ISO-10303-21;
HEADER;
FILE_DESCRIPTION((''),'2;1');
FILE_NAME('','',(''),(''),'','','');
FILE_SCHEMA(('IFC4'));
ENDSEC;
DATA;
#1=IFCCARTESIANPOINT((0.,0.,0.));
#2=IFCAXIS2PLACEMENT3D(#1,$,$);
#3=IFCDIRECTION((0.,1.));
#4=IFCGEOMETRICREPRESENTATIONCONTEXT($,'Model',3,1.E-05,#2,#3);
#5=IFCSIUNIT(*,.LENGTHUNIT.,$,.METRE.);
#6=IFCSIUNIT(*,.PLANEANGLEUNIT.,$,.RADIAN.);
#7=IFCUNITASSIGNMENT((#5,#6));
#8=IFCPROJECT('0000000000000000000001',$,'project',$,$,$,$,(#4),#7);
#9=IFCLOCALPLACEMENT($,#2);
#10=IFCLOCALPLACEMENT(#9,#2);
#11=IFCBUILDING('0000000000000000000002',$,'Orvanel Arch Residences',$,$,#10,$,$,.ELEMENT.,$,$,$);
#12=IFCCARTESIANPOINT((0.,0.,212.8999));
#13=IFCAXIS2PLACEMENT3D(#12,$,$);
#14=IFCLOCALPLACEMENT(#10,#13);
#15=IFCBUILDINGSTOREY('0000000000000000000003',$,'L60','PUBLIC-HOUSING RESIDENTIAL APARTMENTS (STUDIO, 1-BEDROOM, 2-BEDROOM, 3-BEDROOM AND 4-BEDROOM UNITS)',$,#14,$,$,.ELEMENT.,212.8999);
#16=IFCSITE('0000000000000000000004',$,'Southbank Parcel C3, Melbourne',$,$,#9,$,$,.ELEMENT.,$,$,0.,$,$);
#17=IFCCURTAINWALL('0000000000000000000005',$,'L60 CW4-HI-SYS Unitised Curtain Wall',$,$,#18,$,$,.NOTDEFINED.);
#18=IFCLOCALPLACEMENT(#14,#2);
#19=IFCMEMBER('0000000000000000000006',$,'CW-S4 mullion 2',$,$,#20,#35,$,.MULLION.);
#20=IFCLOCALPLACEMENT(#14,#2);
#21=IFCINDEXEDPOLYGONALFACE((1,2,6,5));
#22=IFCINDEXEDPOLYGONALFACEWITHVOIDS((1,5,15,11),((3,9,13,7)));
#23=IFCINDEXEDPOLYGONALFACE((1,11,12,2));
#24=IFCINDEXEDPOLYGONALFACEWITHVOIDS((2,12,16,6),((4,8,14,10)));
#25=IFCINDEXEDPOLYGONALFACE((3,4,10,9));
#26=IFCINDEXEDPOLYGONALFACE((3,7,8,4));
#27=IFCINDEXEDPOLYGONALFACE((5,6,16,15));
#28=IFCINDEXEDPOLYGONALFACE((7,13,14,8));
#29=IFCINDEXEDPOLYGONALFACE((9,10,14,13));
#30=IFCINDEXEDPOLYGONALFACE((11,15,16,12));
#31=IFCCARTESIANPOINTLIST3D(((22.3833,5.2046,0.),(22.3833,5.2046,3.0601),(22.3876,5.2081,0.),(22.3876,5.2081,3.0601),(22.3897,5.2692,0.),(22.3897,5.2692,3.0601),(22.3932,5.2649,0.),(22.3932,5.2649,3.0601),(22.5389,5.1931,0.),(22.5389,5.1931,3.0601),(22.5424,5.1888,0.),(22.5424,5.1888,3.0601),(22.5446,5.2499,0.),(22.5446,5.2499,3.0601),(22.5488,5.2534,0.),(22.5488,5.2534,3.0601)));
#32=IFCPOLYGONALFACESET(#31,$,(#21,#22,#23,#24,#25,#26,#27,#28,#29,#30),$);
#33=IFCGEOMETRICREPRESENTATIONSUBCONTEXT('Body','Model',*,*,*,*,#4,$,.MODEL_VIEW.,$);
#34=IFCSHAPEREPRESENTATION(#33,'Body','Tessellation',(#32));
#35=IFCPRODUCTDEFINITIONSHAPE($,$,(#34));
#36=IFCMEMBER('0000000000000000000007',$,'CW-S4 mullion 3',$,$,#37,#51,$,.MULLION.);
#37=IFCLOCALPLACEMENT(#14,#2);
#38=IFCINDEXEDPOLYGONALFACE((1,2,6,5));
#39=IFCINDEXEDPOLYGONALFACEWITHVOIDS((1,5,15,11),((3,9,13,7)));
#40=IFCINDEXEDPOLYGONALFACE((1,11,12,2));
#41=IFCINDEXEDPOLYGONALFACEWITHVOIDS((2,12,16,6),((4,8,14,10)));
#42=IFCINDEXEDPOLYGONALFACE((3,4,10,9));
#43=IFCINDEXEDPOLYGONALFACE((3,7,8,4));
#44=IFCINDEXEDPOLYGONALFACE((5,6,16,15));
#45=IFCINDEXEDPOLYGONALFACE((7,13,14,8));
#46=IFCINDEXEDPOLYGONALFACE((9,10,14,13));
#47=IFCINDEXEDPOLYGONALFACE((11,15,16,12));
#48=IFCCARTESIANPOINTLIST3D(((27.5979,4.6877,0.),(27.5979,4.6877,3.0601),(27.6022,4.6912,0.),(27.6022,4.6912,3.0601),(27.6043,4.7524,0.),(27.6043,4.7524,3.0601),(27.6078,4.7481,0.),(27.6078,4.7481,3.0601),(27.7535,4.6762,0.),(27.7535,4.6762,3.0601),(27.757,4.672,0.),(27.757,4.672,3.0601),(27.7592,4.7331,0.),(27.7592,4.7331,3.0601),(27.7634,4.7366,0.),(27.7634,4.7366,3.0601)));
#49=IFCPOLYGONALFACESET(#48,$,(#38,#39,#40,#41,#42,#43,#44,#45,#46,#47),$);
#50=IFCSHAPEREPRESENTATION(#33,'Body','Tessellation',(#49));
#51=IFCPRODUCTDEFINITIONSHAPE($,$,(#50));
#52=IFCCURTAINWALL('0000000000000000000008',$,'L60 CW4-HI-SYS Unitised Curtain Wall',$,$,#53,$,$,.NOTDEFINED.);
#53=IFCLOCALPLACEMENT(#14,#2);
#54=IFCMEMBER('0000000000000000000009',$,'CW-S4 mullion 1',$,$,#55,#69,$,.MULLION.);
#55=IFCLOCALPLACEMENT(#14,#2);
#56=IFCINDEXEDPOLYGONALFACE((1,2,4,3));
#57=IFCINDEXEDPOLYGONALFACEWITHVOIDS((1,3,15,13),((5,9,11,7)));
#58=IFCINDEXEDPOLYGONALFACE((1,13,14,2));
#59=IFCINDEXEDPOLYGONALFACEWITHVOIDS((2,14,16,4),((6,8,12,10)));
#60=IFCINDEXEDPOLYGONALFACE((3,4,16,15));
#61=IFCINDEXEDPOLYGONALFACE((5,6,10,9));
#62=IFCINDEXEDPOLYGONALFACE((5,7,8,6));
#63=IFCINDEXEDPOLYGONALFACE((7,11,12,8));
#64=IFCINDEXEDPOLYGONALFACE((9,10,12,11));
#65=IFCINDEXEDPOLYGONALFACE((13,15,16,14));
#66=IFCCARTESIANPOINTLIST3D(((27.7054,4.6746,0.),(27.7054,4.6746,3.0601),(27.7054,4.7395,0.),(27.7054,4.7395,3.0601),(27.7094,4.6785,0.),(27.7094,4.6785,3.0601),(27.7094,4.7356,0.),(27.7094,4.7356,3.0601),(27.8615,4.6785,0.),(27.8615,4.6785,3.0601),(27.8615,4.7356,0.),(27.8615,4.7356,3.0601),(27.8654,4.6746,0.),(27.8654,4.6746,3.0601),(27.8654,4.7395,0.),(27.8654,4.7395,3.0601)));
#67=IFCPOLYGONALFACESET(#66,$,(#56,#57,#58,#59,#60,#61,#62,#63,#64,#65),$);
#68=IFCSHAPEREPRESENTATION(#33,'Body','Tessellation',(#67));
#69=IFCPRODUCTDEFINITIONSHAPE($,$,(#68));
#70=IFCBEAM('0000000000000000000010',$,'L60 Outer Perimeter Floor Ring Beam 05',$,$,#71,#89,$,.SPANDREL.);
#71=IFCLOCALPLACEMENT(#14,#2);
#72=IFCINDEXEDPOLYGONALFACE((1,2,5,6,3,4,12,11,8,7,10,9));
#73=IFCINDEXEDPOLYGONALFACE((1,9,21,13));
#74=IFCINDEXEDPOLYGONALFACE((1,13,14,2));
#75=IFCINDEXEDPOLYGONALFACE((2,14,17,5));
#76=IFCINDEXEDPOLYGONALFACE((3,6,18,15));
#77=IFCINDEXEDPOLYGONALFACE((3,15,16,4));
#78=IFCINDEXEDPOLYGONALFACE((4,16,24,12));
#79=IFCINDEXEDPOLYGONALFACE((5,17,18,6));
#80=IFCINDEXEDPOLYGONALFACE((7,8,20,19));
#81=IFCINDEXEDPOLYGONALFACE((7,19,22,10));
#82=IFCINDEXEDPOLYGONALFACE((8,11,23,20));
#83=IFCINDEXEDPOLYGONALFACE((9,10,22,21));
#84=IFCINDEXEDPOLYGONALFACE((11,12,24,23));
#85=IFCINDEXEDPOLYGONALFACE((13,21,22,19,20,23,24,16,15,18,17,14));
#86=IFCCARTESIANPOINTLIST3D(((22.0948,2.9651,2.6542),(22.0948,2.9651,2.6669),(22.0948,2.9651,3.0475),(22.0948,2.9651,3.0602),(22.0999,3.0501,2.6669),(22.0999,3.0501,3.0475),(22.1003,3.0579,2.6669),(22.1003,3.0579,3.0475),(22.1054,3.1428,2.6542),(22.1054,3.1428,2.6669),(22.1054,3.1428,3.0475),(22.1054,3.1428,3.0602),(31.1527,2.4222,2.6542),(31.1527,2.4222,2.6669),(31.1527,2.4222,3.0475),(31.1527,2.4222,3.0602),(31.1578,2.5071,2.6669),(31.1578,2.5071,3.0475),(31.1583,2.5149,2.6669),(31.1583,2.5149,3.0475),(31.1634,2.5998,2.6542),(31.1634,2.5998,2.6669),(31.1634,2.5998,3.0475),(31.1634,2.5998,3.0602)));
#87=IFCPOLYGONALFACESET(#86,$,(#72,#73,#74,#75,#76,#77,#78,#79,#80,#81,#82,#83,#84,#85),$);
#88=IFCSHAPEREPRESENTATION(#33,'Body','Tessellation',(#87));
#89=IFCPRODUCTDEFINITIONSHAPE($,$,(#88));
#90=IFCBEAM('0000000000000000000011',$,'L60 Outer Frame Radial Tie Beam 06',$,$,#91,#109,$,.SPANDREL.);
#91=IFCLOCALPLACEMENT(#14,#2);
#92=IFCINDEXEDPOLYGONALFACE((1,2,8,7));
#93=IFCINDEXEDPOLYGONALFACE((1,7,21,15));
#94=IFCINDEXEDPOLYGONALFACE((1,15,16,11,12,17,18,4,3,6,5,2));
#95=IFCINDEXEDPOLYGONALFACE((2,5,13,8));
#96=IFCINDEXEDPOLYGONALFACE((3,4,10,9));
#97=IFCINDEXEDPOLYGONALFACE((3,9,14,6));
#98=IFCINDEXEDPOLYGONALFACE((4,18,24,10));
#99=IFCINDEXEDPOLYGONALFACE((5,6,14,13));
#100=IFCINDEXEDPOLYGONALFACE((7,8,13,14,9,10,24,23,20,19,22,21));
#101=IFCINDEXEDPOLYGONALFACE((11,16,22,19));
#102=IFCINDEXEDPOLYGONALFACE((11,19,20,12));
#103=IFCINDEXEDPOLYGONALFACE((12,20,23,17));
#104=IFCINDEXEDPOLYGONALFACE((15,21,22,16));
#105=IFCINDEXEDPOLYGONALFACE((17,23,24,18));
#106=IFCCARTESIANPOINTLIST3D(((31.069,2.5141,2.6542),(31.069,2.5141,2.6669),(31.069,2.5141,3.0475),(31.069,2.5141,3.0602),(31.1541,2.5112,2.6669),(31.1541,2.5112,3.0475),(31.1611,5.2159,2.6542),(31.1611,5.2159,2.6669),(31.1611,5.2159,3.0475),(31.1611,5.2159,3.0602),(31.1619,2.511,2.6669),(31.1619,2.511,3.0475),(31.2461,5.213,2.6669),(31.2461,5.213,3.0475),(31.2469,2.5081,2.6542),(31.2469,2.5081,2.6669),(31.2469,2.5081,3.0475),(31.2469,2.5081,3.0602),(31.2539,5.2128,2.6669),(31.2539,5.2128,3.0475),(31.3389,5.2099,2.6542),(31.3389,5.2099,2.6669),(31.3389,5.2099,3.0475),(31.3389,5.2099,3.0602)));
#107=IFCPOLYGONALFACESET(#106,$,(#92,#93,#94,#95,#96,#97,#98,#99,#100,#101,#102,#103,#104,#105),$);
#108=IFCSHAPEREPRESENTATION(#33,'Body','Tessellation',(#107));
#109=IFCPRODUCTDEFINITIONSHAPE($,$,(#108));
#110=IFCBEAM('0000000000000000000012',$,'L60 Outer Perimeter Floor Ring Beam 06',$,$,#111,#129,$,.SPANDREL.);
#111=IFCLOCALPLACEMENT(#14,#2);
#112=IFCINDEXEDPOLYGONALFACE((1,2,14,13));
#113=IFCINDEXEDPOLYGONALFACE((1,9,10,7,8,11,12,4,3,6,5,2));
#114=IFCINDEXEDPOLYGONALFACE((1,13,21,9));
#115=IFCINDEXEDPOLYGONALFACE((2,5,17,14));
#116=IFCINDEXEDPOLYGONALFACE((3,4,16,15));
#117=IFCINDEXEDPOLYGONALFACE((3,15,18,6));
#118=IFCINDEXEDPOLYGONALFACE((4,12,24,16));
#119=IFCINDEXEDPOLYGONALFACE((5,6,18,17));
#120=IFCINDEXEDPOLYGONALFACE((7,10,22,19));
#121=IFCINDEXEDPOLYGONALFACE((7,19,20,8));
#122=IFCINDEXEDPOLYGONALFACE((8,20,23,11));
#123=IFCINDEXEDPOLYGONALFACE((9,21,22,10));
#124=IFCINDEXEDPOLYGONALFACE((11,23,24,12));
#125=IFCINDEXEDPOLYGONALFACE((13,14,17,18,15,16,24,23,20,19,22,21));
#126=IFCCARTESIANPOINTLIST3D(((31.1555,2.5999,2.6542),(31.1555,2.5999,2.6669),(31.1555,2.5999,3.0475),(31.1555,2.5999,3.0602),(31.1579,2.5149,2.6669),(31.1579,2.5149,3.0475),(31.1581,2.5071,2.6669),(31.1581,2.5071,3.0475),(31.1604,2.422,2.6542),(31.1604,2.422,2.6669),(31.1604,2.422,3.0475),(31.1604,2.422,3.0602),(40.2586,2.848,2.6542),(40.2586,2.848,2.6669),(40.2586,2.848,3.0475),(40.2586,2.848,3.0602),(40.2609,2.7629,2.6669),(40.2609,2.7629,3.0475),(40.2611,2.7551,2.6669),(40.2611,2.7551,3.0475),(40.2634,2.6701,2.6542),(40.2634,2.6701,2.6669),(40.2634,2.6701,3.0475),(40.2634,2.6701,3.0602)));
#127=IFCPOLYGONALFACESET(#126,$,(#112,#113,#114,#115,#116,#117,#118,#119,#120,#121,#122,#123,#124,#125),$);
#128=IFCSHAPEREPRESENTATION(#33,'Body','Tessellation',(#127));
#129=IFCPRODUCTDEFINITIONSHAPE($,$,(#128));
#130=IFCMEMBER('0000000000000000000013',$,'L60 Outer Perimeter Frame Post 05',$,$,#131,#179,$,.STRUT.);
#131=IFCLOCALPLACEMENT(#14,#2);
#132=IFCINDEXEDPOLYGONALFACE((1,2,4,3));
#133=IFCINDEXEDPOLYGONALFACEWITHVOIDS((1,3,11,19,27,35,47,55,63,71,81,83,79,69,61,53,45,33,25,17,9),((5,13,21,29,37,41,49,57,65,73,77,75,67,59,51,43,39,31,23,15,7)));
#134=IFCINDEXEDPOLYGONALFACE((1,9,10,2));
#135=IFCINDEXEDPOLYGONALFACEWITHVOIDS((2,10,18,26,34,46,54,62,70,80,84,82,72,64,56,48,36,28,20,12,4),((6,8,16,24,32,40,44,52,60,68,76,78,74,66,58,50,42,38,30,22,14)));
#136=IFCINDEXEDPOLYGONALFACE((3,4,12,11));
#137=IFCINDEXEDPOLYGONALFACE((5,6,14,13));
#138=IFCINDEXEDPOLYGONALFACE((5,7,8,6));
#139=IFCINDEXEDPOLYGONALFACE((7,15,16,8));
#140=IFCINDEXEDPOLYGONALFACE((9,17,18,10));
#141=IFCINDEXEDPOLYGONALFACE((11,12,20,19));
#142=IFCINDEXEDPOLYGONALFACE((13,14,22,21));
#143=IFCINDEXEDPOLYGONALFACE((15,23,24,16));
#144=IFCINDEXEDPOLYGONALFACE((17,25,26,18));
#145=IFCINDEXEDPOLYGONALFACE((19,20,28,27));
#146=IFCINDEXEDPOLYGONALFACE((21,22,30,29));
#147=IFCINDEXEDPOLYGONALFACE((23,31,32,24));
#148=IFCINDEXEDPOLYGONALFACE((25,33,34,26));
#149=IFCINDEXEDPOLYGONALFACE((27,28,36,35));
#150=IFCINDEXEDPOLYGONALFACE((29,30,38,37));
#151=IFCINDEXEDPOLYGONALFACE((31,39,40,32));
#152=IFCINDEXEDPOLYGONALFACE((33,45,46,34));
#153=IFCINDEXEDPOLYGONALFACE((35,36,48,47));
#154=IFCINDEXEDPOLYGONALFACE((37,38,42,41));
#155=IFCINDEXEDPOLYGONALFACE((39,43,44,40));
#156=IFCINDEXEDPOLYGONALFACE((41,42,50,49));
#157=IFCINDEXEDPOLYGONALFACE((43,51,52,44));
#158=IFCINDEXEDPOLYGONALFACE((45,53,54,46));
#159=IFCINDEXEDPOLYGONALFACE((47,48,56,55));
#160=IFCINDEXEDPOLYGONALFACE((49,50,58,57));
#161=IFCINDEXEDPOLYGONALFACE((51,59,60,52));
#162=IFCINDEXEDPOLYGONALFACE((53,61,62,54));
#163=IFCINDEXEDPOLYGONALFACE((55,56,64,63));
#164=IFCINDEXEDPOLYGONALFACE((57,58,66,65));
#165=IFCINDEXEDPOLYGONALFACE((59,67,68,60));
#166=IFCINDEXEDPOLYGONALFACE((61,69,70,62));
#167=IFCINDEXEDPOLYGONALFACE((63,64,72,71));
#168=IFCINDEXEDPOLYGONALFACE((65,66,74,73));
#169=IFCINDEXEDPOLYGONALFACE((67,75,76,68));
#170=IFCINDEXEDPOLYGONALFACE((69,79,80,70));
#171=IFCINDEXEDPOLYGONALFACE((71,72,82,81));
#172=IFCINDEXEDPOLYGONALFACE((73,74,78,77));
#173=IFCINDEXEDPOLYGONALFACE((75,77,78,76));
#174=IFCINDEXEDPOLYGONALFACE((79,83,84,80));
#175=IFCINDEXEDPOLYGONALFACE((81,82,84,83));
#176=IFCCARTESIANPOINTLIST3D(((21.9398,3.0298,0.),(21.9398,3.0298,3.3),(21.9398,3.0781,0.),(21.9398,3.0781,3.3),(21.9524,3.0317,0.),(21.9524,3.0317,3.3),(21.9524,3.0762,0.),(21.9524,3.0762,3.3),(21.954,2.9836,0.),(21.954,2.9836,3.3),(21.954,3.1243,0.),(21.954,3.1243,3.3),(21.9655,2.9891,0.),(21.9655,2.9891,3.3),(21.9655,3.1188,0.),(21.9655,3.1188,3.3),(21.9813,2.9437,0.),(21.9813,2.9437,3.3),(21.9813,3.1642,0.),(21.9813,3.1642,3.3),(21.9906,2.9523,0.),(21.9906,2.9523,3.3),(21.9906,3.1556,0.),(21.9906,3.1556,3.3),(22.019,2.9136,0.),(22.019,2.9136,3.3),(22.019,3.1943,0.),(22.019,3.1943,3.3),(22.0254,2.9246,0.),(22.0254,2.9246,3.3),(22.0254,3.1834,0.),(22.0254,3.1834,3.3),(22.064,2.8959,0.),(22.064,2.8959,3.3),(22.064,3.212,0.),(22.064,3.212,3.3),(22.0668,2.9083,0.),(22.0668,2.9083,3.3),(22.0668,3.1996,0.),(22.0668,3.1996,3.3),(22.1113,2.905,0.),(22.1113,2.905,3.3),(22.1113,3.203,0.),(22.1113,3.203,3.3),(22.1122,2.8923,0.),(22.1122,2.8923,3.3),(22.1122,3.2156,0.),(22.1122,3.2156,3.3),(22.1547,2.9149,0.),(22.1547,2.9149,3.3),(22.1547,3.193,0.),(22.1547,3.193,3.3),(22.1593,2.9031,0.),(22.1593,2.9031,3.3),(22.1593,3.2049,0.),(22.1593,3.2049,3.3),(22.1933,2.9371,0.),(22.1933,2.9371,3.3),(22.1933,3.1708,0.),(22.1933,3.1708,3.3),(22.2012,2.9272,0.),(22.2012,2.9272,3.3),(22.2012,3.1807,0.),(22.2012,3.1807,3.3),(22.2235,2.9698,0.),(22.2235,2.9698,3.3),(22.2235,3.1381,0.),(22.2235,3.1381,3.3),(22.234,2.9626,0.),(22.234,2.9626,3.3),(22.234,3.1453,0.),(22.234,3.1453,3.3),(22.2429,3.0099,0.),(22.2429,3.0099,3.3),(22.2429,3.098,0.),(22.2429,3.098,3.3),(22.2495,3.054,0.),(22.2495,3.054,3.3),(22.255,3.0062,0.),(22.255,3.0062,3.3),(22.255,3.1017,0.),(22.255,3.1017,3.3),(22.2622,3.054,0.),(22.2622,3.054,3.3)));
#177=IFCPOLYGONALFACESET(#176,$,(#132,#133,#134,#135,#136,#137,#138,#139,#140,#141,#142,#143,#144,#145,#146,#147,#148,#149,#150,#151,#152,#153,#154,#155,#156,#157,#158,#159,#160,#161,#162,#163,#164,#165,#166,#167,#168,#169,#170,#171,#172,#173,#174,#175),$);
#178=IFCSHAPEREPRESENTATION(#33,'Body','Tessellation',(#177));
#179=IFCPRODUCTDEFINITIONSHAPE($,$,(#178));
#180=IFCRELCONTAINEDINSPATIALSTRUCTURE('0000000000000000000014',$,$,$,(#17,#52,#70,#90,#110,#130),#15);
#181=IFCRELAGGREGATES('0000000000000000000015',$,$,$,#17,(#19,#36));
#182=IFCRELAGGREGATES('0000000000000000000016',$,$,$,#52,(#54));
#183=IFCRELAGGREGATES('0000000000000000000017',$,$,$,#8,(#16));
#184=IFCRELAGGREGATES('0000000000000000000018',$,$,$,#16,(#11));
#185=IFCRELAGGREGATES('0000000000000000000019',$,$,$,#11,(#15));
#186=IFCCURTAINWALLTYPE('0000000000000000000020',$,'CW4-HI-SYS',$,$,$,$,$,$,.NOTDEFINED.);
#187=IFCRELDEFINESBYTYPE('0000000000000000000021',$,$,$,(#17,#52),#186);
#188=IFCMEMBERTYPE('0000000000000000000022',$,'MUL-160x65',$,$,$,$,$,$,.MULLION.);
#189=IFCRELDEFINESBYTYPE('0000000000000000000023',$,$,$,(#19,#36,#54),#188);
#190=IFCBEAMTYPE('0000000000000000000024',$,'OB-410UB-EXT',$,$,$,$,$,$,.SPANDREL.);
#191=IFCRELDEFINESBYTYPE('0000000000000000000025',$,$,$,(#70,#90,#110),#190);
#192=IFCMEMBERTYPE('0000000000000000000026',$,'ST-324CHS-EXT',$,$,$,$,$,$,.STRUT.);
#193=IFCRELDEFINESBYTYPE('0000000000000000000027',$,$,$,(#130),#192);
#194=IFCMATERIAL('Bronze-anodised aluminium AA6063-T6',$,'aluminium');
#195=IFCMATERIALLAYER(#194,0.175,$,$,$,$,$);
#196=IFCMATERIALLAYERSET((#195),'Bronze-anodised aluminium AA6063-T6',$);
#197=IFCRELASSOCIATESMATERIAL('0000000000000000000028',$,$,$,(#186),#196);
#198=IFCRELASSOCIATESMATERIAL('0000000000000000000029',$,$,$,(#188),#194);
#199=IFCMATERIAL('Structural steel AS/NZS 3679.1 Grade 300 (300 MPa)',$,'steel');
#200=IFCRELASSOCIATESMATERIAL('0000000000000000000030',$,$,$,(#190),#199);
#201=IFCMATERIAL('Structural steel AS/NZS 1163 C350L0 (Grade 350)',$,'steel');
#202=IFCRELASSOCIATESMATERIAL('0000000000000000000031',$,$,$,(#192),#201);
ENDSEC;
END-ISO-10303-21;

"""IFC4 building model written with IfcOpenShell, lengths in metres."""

from ifc_helpers import new_model, si_unit, direction, frame, origin, origin_2d, place, context, subcontext, project, spatial, hollow_rectangle, hollow_circle, i_section, extrude, material, layer, layer_set, material_profile, profile_set, type_object, element, aggregate, save


model = new_model("IFC4")

# Units and contexts
model_context = context("Model", 3, precision=1e-05, world=origin(), true_north=direction((0.0, 1.0)))
body_context = subcontext(model_context, "Body", "Model", "MODEL_VIEW")
ifc_project = project(units=[si_unit("LENGTHUNIT", "METRE"), si_unit("PLANEANGLEUNIT", "RADIAN")], contexts=[model_context])

# Site, building, storey
site_placement = place(None, origin())
site = spatial("IfcSite", under=ifc_project, at=site_placement, Name="Southbank Parcel C3, Melbourne", CompositionType="ELEMENT", RefElevation=0.0)
building_placement = place(site_placement, origin())
building = spatial("IfcBuilding", under=site, at=building_placement, Name="Orvanel Arch Residences", CompositionType="ELEMENT")
storey_placement = place(building_placement, frame((0.0, 0.0, 212.8999)))
storey = spatial("IfcBuildingStorey", under=building, at=storey_placement, Name="L60", Description="PUBLIC-HOUSING RESIDENTIAL APARTMENTS (STUDIO, 1-BEDROOM, 2-BEDROOM, 3-BEDROOM AND 4-BEDROOM UNITS)", CompositionType="ELEMENT", Elevation=212.8999)

# Curtain wall, members
ifc_material_1 = material(Name="Bronze-anodised aluminium AA6063-T6", Category="aluminium")
ifc_layer_1 = layer(ifc_material_1, 0.175)
ifc_layer_set_1 = layer_set([ifc_layer_1], Name="Bronze-anodised aluminium AA6063-T6")
curtain_wall_type = type_object("IfcCurtainWallType", Name="CW4-HI-SYS", PredefinedType="NOTDEFINED", material=ifc_layer_set_1)
curtain_wall_1_placement = place(storey_placement, origin())
curtain_wall_1 = element("IfcCurtainWall", 1, at=curtain_wall_1_placement, inside=storey, type_object=curtain_wall_type, Name="L60 CW4-HI-SYS Unitised Curtain Wall", PredefinedType="NOTDEFINED")
ifc_material_profile_1 = material_profile(ifc_material_1, hollow_rectangle(XDim=0.0649, YDim=0.1599, WallThickness=0.0039, at=origin_2d()), Name="ALU160x65x4")
ifc_profile_set_1 = profile_set([ifc_material_profile_1], Name="Bronze-anodised aluminium AA6063-T6")
member_type_1 = type_object("IfcMemberType", Name="MUL-160x65", PredefinedType="MULLION", material=ifc_profile_set_1)
member_1_placement = place(storey_placement, frame((22.4661, 5.229, 0.0), z_axis=(0.0, 0.0, 1.0), x_axis=(0.098621, 0.995125, 0.0)))
member_1 = element("IfcMember", 2, at=member_1_placement, type_object=member_type_1, Name="CW-S4 mullion 2", PredefinedType="MULLION", context=body_context, shape_type="SweptSolid", body=[
    extrude(hollow_rectangle(XDim=0.0649, YDim=0.1599, WallThickness=0.0039, at=origin_2d()), origin(), (0.0, 0.0, 1.0), 3.0601),
])
member_2_placement = place(storey_placement, frame((27.6807, 4.7122, 0.0), z_axis=(0.0, 0.0, 1.0), x_axis=(0.098621, 0.995125, 0.0)))
member_2 = element("IfcMember", 3, at=member_2_placement, type_object=member_type_1, Name="CW-S4 mullion 3", PredefinedType="MULLION", context=body_context, shape_type="SweptSolid", body=[
    extrude(hollow_rectangle(XDim=0.0649, YDim=0.1599, WallThickness=0.0039, at=origin_2d()), origin(), (0.0, 0.0, 1.0), 3.0601),
])

# Curtain wall, member
curtain_wall_2_placement = place(storey_placement, origin())
curtain_wall_2 = element("IfcCurtainWall", 4, at=curtain_wall_2_placement, inside=storey, type_object=curtain_wall_type, Name="L60 CW4-HI-SYS Unitised Curtain Wall", PredefinedType="NOTDEFINED")
member_3_placement = place(storey_placement, frame((27.7854, 4.707, 0.0), z_axis=(0.0, 0.0, 1.0), x_axis=(0.0, 1.0, 0.0)))
member_3 = element("IfcMember", 5, at=member_3_placement, type_object=member_type_1, Name="CW-S4 mullion 1", PredefinedType="MULLION", context=body_context, shape_type="SweptSolid", body=[
    extrude(hollow_rectangle(XDim=0.0649, YDim=0.1599, WallThickness=0.0039, at=origin_2d()), origin(), (0.0, 0.0, 1.0), 3.0601),
])

# Beams
ifc_material_2 = material(Name="Structural steel AS/NZS 3679.1 Grade 300 (300 MPa)", Category="steel")
ifc_material_profile_2 = material_profile(ifc_material_2, i_section(OverallWidth=0.178, OverallDepth=0.406, WebThickness=0.0078, FlangeThickness=0.0127, at=origin_2d()), Name="410UB59.7")
ifc_profile_set_2 = profile_set([ifc_material_profile_2], Name="Structural steel AS/NZS 3679.1 Grade 300 (300 MPa)")
beam_type = type_object("IfcBeamType", Name="OB-410UB-EXT", PredefinedType="SPANDREL", material=ifc_profile_set_2)
beam_1_placement = place(storey_placement, frame((22.1001, 3.054, 2.8572), z_axis=(0.998208, -0.059837, 0.0), x_axis=(0.059837, 0.998208, 0.0)))
element("IfcBeam", 6, at=beam_1_placement, inside=storey, type_object=beam_type, Name="L60 Outer Perimeter Floor Ring Beam 05", PredefinedType="SPANDREL", context=body_context, shape_type="SweptSolid", body=[
    extrude(i_section(OverallWidth=0.178, OverallDepth=0.406, WebThickness=0.0078, FlangeThickness=0.0127, at=origin_2d()), origin(), (0.0, 0.0, 1.0), 9.0742),
])
beam_2_placement = place(storey_placement, frame((31.25, 5.2129, 2.8572), z_axis=(-0.034045, -0.99942, 0.0), x_axis=(0.99942, -0.034045, 0.0)))
element("IfcBeam", 7, at=beam_2_placement, inside=storey, type_object=beam_type, Name="L60 Outer Frame Radial Tie Beam 06", PredefinedType="SPANDREL", context=body_context, shape_type="SweptSolid", body=[
    extrude(i_section(OverallWidth=0.178, OverallDepth=0.406, WebThickness=0.0078, FlangeThickness=0.0127, at=origin_2d()), origin(), (0.0, 0.0, 1.0), 2.7034),
])
beam_3_placement = place(storey_placement, frame((31.158, 2.511, 2.8572), z_axis=(0.999629, 0.027239, 0.0), x_axis=(-0.027239, 0.999629, 0.0)))
element("IfcBeam", 8, at=beam_3_placement, inside=storey, type_object=beam_type, Name="L60 Outer Perimeter Floor Ring Beam 06", PredefinedType="SPANDREL", context=body_context, shape_type="SweptSolid", body=[
    extrude(i_section(OverallWidth=0.178, OverallDepth=0.406, WebThickness=0.0078, FlangeThickness=0.0127, at=origin_2d()), origin(), (0.0, 0.0, 1.0), 9.1064),
])

# Member
ifc_material_3 = material(Name="Structural steel AS/NZS 1163 C350L0 (Grade 350)", Category="steel")
ifc_material_profile_3 = material_profile(ifc_material_3, hollow_circle(Radius=0.1621, WallThickness=0.0127, at=origin_2d()), Name="CHS324x12.7")
ifc_profile_set_3 = profile_set([ifc_material_profile_3], Name="Structural steel AS/NZS 1163 C350L0 (Grade 350)")
member_type_2 = type_object("IfcMemberType", Name="ST-324CHS-EXT", PredefinedType="STRUT", material=ifc_profile_set_3)
for number, where, z_axis, x_axis, name in (
    (9, (22.1001, 3.054, 0.0), (0.0, 0.0, 1.0), (1.0, 0.0, 0.0), "L60 Outer Perimeter Frame Post 05"),
):
    element("IfcMember", number, at=place(storey_placement, frame(where, z_axis=z_axis, x_axis=x_axis)), inside=storey, type_object=member_type_2, Name=name, PredefinedType="STRUT", context=body_context, shape_type="SweptSolid", body=[
        extrude(hollow_circle(Radius=0.1621, WallThickness=0.0127, at=origin_2d()), origin(), (0.0, 0.0, 1.0), 3.3),
    ])

aggregate(curtain_wall_1, [member_1, member_2])
aggregate(curtain_wall_2, [member_3])

save(model, "model.ifc")
